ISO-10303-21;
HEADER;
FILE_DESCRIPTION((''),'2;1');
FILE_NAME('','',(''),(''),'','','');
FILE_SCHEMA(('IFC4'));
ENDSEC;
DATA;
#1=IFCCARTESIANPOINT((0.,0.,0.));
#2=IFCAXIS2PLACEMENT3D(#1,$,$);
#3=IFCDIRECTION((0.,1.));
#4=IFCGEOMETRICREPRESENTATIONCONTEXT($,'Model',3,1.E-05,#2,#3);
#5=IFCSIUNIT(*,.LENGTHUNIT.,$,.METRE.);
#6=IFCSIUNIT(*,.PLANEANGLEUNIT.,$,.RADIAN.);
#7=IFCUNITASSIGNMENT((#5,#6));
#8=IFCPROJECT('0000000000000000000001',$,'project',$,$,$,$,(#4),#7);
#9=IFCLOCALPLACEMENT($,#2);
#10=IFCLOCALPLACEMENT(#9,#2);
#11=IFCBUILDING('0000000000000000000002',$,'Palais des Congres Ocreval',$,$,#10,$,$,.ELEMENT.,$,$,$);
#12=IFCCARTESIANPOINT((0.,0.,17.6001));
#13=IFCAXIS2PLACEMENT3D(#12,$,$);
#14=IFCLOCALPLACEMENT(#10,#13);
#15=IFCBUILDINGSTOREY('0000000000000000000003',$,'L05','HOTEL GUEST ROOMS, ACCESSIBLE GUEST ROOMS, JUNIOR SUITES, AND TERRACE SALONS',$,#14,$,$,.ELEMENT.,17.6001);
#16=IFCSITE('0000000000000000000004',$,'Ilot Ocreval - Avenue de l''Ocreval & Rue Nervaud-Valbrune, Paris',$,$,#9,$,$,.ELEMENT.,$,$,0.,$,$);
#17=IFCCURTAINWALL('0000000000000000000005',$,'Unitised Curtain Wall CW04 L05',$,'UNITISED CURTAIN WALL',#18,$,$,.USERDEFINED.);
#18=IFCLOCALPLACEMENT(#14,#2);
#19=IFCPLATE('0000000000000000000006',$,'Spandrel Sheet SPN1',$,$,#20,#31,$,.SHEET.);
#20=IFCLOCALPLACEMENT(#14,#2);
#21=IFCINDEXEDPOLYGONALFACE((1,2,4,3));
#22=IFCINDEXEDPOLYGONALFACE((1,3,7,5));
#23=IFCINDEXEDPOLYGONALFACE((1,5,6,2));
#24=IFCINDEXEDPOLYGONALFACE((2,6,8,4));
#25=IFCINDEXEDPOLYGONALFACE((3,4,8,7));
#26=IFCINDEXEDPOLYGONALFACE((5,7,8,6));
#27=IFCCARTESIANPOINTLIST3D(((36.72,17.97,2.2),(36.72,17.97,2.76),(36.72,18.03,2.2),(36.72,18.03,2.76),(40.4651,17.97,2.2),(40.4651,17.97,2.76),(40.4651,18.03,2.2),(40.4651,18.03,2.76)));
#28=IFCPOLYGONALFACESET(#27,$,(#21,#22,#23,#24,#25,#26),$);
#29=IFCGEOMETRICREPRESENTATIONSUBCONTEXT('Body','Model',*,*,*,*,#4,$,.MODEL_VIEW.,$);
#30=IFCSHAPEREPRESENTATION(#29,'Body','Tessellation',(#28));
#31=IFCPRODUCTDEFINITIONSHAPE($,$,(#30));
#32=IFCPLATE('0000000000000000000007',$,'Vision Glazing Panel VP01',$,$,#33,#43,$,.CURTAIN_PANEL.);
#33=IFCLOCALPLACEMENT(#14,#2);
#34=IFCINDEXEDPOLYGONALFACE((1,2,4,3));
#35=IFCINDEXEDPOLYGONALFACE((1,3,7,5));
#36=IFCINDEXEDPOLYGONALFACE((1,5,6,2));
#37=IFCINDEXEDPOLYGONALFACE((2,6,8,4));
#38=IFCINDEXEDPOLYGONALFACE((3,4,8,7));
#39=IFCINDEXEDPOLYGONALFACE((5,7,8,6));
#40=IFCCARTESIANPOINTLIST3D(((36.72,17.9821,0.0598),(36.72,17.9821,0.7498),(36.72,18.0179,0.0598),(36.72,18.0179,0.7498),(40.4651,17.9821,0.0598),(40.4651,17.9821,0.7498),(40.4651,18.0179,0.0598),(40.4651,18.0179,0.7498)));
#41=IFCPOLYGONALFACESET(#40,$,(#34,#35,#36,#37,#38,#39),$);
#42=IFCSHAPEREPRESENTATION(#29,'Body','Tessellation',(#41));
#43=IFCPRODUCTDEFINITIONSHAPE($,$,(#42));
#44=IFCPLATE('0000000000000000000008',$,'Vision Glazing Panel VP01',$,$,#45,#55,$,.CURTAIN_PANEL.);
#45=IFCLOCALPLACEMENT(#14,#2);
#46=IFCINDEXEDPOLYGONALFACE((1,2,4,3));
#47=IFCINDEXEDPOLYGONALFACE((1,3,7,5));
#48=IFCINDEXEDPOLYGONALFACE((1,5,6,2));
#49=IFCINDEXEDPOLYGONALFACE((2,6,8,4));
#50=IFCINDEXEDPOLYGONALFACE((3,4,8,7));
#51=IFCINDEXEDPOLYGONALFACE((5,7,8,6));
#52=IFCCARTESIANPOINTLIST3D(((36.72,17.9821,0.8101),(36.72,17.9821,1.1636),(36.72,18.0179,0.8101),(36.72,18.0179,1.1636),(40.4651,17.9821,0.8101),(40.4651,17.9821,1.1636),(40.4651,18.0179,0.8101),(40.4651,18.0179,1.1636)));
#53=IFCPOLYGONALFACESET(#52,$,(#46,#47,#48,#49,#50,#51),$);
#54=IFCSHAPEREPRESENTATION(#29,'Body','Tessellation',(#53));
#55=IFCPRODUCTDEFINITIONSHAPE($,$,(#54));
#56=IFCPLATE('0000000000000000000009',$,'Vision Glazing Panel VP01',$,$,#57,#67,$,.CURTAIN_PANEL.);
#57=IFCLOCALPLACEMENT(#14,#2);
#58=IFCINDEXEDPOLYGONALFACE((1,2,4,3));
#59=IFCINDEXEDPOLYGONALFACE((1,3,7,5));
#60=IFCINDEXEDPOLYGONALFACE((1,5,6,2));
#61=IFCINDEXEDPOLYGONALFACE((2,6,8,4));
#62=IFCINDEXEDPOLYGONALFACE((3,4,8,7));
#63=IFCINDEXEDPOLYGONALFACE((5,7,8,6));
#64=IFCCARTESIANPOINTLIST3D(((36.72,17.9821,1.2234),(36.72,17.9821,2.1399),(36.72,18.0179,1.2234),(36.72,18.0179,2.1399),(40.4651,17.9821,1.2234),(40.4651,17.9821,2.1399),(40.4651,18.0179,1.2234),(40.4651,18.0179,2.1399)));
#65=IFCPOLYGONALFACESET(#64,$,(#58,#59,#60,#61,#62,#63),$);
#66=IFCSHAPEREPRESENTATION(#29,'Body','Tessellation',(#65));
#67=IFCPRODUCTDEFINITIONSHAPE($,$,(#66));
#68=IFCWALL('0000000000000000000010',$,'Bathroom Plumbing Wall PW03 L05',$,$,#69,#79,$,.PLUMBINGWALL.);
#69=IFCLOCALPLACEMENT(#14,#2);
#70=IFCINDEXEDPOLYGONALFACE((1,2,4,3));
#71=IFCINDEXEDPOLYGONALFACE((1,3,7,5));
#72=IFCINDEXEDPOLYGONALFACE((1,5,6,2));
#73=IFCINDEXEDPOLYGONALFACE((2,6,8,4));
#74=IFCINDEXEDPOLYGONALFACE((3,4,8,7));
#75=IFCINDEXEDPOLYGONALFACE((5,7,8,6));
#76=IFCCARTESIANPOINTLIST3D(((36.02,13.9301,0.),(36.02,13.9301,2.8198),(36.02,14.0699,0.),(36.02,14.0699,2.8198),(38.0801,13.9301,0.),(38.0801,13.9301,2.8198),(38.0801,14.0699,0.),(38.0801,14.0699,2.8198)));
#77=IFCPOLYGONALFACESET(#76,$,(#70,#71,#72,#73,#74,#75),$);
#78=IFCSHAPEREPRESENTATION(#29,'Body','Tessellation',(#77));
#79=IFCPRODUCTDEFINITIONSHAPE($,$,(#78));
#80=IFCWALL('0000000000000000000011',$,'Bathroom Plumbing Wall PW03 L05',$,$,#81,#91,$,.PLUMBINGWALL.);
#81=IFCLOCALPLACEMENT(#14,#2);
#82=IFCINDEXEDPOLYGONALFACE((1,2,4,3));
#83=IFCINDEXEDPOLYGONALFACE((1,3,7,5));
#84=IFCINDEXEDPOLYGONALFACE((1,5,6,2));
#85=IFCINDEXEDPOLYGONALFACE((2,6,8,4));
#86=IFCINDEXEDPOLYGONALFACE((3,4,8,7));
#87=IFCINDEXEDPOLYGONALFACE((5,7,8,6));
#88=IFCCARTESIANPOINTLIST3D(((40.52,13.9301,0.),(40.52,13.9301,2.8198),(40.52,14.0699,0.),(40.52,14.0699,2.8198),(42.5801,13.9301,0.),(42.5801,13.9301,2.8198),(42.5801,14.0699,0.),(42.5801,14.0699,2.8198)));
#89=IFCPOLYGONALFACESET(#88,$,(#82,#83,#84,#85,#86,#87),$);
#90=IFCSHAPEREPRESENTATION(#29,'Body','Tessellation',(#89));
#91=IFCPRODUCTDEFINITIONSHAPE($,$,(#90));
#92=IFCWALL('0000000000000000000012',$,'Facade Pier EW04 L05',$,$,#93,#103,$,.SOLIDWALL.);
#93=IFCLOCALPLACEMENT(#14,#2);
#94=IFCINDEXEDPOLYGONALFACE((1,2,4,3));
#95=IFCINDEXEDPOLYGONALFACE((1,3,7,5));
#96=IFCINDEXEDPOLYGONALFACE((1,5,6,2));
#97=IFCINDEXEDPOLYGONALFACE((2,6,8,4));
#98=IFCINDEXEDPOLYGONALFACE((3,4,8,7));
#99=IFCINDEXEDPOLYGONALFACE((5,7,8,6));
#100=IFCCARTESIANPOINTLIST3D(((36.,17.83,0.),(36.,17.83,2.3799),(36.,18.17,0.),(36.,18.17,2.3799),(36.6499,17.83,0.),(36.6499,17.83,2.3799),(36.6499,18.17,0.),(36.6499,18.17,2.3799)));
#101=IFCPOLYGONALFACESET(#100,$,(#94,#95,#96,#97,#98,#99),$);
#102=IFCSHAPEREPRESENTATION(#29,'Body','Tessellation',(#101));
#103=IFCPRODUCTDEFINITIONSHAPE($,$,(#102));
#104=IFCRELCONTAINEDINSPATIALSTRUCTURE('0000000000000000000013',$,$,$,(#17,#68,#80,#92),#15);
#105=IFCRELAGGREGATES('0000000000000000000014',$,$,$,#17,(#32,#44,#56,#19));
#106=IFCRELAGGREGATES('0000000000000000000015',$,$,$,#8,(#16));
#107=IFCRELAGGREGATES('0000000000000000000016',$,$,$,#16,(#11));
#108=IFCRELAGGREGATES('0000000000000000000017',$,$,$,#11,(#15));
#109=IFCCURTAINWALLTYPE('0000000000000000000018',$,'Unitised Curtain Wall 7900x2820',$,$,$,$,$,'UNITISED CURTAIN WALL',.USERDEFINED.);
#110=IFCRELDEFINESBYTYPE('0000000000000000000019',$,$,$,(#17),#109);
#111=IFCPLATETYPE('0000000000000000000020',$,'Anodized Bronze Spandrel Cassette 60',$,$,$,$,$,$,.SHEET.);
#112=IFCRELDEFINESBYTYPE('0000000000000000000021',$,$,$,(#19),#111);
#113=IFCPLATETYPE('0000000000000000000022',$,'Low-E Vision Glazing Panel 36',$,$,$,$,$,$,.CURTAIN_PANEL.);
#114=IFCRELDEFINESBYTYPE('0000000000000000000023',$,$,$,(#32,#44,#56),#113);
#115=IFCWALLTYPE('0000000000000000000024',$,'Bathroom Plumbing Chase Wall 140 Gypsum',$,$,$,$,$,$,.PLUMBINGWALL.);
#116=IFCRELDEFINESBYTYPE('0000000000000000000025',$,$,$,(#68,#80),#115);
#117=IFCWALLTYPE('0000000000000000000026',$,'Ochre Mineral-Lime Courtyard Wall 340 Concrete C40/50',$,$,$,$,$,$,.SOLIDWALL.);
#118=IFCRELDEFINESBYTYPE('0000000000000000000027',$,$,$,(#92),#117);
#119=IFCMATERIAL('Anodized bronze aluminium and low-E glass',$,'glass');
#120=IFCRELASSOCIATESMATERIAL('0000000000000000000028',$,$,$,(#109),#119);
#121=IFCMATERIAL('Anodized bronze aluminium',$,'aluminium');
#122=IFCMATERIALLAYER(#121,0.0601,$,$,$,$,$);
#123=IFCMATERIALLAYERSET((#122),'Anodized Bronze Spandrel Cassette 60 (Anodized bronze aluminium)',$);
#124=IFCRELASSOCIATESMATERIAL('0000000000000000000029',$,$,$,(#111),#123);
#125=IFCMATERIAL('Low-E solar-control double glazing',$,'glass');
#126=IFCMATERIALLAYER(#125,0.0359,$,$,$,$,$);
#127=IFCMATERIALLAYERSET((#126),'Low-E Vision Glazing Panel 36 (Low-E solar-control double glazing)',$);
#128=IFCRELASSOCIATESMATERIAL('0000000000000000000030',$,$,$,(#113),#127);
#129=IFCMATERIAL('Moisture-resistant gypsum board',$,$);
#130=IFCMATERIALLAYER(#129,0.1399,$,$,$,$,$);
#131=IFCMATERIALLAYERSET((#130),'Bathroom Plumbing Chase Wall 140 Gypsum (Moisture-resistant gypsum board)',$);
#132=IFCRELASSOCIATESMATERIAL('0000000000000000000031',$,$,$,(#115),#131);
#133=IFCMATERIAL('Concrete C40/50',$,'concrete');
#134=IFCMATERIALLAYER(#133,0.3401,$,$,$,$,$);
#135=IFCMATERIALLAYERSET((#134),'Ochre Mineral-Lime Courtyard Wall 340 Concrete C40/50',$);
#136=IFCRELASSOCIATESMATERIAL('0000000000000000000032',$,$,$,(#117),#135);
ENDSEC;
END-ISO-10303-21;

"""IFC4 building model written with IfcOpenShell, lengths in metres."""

from ifc_helpers import new_model, si_unit, direction, frame, frame_2d, origin, origin_2d, place, context, subcontext, project, spatial, rectangle, extrude, material, layer, layer_set, type_object, element, aggregate, save


model = new_model("IFC4")

# Units and contexts
model_context = context("Model", 3, precision=1e-05, world=origin(), true_north=direction((0.0, 1.0)))
body_context = subcontext(model_context, "Body", "Model", "MODEL_VIEW")
ifc_project = project(units=[si_unit("LENGTHUNIT", "METRE"), si_unit("PLANEANGLEUNIT", "RADIAN")], contexts=[model_context])

# Site, building, storey
site_placement = place(None, origin())
site = spatial("IfcSite", under=ifc_project, at=site_placement, Name="Ilot Ocreval - Avenue de l'Ocreval & Rue Nervaud-Valbrune, Paris", CompositionType="ELEMENT", RefElevation=0.0)
building_placement = place(site_placement, origin())
building = spatial("IfcBuilding", under=site, at=building_placement, Name="Palais des Congres Ocreval", CompositionType="ELEMENT")
storey_placement = place(building_placement, frame((0.0, 0.0, 17.6001)))
storey = spatial("IfcBuildingStorey", under=building, at=storey_placement, Name="L05", Description="HOTEL GUEST ROOMS, ACCESSIBLE GUEST ROOMS, JUNIOR SUITES, AND TERRACE SALONS", CompositionType="ELEMENT", Elevation=17.6001)

# Shared definitions
ifc_material_1 = material(Name="Concrete C40/50", Category="concrete")

# Curtain wall
ifc_material_2 = material(Name="Anodized bronze aluminium and low-E glass", Category="glass")
curtain_wall_type = type_object("IfcCurtainWallType", Name="Unitised Curtain Wall 7900x2820", ElementType="UNITISED CURTAIN WALL", PredefinedType="USERDEFINED", material=ifc_material_2)
curtain_wall_placement = place(storey_placement, origin())
curtain_wall = element("IfcCurtainWall", 1, at=curtain_wall_placement, inside=storey, type_object=curtain_wall_type, Name="Unitised Curtain Wall CW04 L05", ObjectType="UNITISED CURTAIN WALL", PredefinedType="USERDEFINED")
ifc_material_3 = material(Name="Anodized bronze aluminium", Category="aluminium")

# Plates
ifc_layer_1 = layer(ifc_material_3, 0.0601)
ifc_layer_set_1 = layer_set([ifc_layer_1], Name="Anodized Bronze Spandrel Cassette 60 (Anodized bronze aluminium)")
plate_type_1 = type_object("IfcPlateType", Name="Anodized Bronze Spandrel Cassette 60", PredefinedType="SHEET", material=ifc_layer_set_1)
plate_1_placement = place(storey_placement, frame((38.5925, 18.0, 2.2), z_axis=(0.0, 0.0, 1.0), x_axis=(1.0, 0.0, 0.0)))
plate_1 = element("IfcPlate", 2, at=plate_1_placement, type_object=plate_type_1, Name="Spandrel Sheet SPN1", PredefinedType="SHEET", context=body_context, shape_type="SweptSolid", body=[
    extrude(rectangle(XDim=3.7451, YDim=0.0601, at=origin_2d()), origin(), (0.0, 0.0, 1.0), 0.5601),
])
ifc_material_4 = material(Name="Low-E solar-control double glazing", Category="glass")
ifc_layer_2 = layer(ifc_material_4, 0.0359)
ifc_layer_set_2 = layer_set([ifc_layer_2], Name="Low-E Vision Glazing Panel 36 (Low-E solar-control double glazing)")
plate_type_2 = type_object("IfcPlateType", Name="Low-E Vision Glazing Panel 36", PredefinedType="CURTAIN_PANEL", material=ifc_layer_set_2)
plate_2_placement = place(storey_placement, frame((38.5925, 18.0, 0.0598), z_axis=(0.0, 0.0, 1.0), x_axis=(1.0, 0.0, 0.0)))
plate_2 = element("IfcPlate", 3, at=plate_2_placement, type_object=plate_type_2, Name="Vision Glazing Panel VP01", PredefinedType="CURTAIN_PANEL", context=body_context, shape_type="SweptSolid", body=[
    extrude(rectangle(XDim=3.7451, YDim=0.0359, at=origin_2d()), origin(), (0.0, 0.0, 1.0), 0.6899),
])
plate_3_placement = place(storey_placement, frame((38.5925, 18.0, 0.8101), z_axis=(0.0, 0.0, 1.0), x_axis=(1.0, 0.0, 0.0)))
plate_3 = element("IfcPlate", 4, at=plate_3_placement, type_object=plate_type_2, Name="Vision Glazing Panel VP01", PredefinedType="CURTAIN_PANEL", context=body_context, shape_type="SweptSolid", body=[
    extrude(rectangle(XDim=3.7451, YDim=0.0359, at=origin_2d()), origin(), (0.0, 0.0, 1.0), 0.3535),
])
plate_4_placement = place(storey_placement, frame((38.5925, 18.0, 1.2234), z_axis=(0.0, 0.0, 1.0), x_axis=(1.0, 0.0, 0.0)))
plate_4 = element("IfcPlate", 5, at=plate_4_placement, type_object=plate_type_2, Name="Vision Glazing Panel VP01", PredefinedType="CURTAIN_PANEL", context=body_context, shape_type="SweptSolid", body=[
    extrude(rectangle(XDim=3.7451, YDim=0.0359, at=origin_2d()), origin(), (0.0, 0.0, 1.0), 0.9165),
])
aggregate(curtain_wall, [plate_2, plate_3, plate_4, plate_1])

# Walls
ifc_material_5 = material(Name="Moisture-resistant gypsum board")
ifc_layer_3 = layer(ifc_material_5, 0.1399)
ifc_layer_set_3 = layer_set([ifc_layer_3], Name="Bathroom Plumbing Chase Wall 140 Gypsum (Moisture-resistant gypsum board)")
wall_type_1 = type_object("IfcWallType", Name="Bathroom Plumbing Chase Wall 140 Gypsum", PredefinedType="PLUMBINGWALL", material=ifc_layer_set_3)
for number, where, z_axis, x_axis, name in (
    (6, (36.02, 14.0, 0.0), (0.0, 0.0, 1.0), (1.0, 0.0, 0.0), "Bathroom Plumbing Wall PW03 L05"),
    (7, (40.52, 14.0, 0.0), (0.0, 0.0, 1.0), (1.0, 0.0, 0.0), "Bathroom Plumbing Wall PW03 L05"),
):
    element("IfcWall", number, at=place(storey_placement, frame(where, z_axis=z_axis, x_axis=x_axis)), inside=storey, type_object=wall_type_1, Name=name, PredefinedType="PLUMBINGWALL", context=body_context, shape_type="SweptSolid", body=[
        extrude(rectangle(XDim=2.0601, YDim=0.1399, at=frame_2d((1.03, 0.0))), origin(), (0.0, 0.0, 1.0), 2.8198),
    ])
ifc_layer_4 = layer(ifc_material_1, 0.3401)
ifc_layer_set_4 = layer_set([ifc_layer_4], Name="Ochre Mineral-Lime Courtyard Wall 340 Concrete C40/50")
wall_type_2 = type_object("IfcWallType", Name="Ochre Mineral-Lime Courtyard Wall 340 Concrete C40/50", PredefinedType="SOLIDWALL", material=ifc_layer_set_4)
wall_placement = place(storey_placement, frame((36.0, 18.0, 0.0), z_axis=(0.0, 0.0, 1.0), x_axis=(1.0, 0.0, 0.0)))
element("IfcWall", 8, at=wall_placement, inside=storey, type_object=wall_type_2, Name="Facade Pier EW04 L05", PredefinedType="SOLIDWALL", context=body_context, shape_type="SweptSolid", body=[
    extrude(rectangle(XDim=0.6499, YDim=0.3401, at=frame_2d((0.325, 0.0))), origin(), (0.0, 0.0, 1.0), 2.3799),
])

save(model, "model.ifc")
